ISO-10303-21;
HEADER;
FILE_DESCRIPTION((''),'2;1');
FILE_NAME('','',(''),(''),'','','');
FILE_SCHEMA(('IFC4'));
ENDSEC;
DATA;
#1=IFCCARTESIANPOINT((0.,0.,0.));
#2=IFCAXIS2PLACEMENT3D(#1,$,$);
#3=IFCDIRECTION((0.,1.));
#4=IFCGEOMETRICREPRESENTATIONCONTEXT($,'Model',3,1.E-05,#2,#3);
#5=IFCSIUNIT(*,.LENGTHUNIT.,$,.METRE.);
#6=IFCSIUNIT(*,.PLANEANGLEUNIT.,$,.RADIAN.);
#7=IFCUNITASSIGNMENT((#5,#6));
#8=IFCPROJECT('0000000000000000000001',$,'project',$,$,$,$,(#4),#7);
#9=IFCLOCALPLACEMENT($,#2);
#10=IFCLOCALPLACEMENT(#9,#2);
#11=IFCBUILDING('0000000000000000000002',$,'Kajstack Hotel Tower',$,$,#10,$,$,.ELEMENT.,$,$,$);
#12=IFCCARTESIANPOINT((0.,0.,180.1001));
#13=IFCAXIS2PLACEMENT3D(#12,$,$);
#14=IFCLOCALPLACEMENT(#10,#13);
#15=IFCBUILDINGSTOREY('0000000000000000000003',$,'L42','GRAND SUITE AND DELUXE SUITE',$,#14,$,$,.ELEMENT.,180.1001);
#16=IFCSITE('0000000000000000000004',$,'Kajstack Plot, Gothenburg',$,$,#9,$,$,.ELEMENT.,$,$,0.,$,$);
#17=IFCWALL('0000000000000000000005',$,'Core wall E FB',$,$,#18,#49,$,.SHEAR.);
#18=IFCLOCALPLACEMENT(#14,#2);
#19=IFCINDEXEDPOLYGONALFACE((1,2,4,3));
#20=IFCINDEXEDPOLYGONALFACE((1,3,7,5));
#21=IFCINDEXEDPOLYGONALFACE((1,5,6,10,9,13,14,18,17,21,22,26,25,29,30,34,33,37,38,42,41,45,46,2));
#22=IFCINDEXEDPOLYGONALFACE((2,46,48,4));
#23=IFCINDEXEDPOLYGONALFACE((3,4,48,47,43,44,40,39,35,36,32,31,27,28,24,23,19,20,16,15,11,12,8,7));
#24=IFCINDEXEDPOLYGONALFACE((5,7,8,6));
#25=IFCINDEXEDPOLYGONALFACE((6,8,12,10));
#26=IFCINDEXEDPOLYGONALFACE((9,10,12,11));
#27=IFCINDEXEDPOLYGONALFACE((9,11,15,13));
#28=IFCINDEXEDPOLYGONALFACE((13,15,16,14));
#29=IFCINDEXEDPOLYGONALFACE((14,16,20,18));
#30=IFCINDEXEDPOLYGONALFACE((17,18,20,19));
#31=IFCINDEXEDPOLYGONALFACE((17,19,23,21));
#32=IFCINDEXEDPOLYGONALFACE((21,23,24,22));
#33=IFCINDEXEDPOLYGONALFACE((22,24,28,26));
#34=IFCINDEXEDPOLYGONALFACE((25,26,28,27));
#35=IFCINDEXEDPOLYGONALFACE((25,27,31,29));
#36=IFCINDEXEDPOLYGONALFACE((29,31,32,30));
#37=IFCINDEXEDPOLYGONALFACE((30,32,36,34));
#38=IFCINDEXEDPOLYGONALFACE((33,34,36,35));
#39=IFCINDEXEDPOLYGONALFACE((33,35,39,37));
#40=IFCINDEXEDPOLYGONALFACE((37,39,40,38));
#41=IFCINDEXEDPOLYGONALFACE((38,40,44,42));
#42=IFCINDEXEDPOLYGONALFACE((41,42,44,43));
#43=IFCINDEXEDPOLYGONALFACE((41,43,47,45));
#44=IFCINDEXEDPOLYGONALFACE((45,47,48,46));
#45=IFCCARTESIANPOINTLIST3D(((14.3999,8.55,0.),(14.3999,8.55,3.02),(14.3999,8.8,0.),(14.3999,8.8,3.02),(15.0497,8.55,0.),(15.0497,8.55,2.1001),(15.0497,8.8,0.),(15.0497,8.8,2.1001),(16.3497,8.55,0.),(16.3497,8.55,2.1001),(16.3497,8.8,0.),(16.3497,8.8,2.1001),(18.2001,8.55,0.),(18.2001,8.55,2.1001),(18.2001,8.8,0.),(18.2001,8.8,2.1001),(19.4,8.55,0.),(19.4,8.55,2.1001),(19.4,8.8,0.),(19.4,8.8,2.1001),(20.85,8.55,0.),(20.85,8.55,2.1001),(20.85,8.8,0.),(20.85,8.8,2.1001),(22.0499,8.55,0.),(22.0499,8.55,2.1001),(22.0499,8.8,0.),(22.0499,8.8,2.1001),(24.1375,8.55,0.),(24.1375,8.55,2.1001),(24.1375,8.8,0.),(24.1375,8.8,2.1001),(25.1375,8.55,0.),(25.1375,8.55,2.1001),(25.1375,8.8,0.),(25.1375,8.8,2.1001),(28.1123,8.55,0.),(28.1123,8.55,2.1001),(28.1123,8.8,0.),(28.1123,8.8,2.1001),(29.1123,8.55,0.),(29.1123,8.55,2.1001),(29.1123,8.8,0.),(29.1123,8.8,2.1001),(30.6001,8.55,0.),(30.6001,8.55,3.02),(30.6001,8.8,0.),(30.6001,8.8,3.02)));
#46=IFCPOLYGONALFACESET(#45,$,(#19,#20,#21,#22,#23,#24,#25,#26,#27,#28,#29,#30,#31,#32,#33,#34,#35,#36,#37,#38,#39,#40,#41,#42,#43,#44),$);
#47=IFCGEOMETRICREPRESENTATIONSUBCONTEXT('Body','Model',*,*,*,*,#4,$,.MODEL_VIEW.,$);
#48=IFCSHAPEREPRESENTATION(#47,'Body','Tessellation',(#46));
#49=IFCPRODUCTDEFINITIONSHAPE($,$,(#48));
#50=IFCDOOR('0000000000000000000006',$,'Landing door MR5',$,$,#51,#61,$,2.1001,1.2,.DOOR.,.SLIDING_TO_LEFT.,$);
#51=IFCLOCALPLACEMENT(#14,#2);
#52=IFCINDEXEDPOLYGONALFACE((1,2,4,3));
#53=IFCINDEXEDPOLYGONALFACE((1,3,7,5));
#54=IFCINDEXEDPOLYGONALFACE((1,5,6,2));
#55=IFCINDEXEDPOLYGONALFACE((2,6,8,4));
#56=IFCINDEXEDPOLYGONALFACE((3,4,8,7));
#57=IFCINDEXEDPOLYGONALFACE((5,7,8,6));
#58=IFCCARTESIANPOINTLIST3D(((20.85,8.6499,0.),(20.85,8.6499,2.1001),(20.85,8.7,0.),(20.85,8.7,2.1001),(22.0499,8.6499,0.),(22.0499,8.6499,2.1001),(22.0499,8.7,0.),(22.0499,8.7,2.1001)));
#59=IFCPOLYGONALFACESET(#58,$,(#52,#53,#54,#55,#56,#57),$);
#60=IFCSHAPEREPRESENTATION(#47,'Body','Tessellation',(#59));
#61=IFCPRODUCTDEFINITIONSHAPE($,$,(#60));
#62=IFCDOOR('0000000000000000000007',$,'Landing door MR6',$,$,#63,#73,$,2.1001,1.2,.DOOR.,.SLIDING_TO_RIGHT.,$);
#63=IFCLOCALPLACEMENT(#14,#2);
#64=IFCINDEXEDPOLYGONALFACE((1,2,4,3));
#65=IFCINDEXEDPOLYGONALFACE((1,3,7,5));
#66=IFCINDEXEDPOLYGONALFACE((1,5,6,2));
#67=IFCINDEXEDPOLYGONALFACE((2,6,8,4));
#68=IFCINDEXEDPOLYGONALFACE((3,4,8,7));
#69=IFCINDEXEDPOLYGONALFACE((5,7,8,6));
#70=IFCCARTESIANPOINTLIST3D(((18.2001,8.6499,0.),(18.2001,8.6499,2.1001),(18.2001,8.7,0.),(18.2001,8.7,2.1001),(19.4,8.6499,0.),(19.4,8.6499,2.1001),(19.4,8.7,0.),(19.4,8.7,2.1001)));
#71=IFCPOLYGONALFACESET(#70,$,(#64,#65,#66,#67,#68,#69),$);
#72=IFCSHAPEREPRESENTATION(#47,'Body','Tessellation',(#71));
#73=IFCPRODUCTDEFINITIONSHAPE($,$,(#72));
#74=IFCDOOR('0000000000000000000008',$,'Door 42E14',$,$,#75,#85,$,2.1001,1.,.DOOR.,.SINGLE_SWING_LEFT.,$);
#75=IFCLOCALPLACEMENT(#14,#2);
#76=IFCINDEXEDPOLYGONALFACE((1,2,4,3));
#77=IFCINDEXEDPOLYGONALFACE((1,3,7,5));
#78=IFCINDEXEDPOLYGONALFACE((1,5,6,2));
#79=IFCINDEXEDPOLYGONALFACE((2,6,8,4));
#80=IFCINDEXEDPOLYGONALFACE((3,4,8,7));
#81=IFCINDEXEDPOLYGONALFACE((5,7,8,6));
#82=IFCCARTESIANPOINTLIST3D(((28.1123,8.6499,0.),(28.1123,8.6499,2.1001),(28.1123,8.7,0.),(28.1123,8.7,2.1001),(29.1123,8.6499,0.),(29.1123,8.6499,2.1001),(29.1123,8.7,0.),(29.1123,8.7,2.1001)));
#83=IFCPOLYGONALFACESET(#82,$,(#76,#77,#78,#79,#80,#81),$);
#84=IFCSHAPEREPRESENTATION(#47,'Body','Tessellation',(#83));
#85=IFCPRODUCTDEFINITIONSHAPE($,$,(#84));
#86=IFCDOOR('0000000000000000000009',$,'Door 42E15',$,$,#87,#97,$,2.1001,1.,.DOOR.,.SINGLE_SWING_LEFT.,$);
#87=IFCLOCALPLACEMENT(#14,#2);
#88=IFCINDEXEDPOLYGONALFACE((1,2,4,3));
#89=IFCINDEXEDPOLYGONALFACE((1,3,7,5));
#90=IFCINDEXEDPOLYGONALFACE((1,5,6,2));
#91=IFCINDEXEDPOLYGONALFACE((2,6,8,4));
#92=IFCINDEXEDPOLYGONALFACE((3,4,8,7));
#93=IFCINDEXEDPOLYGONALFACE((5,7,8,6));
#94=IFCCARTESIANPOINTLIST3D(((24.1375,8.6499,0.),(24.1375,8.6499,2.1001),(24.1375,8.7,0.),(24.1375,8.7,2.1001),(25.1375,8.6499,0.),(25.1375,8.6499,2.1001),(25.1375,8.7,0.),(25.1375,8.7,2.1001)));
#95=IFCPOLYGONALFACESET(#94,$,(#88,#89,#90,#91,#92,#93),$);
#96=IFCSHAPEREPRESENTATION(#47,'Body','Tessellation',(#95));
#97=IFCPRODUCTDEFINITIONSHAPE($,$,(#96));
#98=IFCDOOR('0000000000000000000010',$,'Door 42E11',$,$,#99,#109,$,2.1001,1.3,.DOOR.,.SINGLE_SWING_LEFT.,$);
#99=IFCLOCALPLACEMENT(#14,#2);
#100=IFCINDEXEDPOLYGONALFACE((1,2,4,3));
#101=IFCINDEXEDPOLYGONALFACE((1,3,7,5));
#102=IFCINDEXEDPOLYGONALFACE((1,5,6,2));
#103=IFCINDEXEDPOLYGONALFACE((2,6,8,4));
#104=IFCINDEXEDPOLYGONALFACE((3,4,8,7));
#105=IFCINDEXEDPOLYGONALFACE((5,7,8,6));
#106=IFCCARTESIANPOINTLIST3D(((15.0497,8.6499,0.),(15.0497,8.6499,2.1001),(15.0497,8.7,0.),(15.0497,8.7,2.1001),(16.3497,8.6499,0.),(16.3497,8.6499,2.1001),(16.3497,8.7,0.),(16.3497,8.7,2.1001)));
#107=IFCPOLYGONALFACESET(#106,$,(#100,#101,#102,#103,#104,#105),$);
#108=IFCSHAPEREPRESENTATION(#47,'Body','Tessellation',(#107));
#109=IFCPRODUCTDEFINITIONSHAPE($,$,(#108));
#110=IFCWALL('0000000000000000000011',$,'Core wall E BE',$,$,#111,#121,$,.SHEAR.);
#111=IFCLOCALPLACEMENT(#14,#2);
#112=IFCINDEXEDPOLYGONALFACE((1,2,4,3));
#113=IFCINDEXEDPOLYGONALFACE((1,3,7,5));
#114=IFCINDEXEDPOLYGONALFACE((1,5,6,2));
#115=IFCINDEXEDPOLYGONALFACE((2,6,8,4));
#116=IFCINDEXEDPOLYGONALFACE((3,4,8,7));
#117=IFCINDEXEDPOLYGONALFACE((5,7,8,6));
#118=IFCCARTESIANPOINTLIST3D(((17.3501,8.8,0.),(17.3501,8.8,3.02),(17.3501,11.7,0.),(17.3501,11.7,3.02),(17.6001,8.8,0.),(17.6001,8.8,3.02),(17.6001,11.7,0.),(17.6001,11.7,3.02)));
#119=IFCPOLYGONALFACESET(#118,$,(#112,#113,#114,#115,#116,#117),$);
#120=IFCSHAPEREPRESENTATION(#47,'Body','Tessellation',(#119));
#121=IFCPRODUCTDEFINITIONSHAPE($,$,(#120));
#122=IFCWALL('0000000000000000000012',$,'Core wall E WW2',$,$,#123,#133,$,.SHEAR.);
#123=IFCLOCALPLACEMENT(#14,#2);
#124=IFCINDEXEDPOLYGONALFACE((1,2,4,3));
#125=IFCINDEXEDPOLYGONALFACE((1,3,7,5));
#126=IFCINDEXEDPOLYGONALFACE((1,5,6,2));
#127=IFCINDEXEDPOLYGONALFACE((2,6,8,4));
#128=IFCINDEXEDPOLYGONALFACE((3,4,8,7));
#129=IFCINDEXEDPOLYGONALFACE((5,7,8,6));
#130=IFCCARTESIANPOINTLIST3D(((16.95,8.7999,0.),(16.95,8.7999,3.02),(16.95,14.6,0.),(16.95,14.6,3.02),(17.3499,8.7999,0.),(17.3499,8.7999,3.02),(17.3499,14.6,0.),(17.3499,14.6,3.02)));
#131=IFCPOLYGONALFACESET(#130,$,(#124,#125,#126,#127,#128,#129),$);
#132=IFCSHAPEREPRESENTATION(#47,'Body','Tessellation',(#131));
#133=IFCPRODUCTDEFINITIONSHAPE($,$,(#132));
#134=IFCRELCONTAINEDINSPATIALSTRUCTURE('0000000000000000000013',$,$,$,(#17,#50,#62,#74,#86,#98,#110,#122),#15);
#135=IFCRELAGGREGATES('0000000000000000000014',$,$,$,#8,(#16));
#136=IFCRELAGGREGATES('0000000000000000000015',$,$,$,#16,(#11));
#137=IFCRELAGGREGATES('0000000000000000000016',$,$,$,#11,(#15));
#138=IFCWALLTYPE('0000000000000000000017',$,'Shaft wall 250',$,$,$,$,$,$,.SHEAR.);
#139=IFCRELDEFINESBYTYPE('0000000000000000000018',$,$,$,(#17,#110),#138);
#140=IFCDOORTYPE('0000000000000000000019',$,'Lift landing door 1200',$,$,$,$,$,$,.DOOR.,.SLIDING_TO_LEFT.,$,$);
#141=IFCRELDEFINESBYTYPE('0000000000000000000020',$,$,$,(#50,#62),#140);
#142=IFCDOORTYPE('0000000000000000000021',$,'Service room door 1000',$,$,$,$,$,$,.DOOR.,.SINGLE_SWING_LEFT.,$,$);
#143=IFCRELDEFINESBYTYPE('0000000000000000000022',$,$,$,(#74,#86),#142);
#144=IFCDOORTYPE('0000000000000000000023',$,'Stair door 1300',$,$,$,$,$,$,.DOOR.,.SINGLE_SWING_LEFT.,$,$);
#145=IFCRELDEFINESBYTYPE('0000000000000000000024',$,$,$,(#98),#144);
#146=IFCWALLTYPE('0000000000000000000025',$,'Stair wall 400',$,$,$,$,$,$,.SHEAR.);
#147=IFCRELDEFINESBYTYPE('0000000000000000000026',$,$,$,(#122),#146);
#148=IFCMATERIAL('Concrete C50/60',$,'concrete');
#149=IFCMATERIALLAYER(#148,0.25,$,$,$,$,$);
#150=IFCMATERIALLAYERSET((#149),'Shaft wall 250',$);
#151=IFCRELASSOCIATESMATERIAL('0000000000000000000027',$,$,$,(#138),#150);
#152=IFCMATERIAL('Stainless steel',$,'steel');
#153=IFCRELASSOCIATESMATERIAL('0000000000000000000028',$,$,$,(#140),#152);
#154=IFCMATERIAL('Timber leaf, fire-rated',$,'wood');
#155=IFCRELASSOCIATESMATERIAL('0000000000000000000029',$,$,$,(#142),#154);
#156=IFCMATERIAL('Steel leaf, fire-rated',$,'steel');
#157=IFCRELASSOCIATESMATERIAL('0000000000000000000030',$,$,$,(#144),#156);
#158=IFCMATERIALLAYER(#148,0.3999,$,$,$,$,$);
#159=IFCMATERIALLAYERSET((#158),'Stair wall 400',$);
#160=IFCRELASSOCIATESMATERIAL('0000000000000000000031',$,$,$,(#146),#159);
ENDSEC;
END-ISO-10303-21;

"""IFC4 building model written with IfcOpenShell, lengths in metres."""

from ifc_helpers import new_model, si_unit, direction, frame, frame_2d, origin, place, context, subcontext, project, spatial, rectangle, extrude, material, layer, layer_set, type_object, element, fill, save


model = new_model("IFC4")

# Units and contexts
model_context = context("Model", 3, precision=1e-05, world=origin(), true_north=direction((0.0, 1.0)))
body_context = subcontext(model_context, "Body", "Model", "MODEL_VIEW")
ifc_project = project(units=[si_unit("LENGTHUNIT", "METRE"), si_unit("PLANEANGLEUNIT", "RADIAN")], contexts=[model_context])

# Site, building, storey
site_placement = place(None, origin())
site = spatial("IfcSite", under=ifc_project, at=site_placement, Name="Kajstack Plot, Gothenburg", CompositionType="ELEMENT", RefElevation=0.0)
building_placement = place(site_placement, origin())
building = spatial("IfcBuilding", under=site, at=building_placement, Name="Kajstack Hotel Tower", CompositionType="ELEMENT")
storey_placement = place(building_placement, frame((0.0, 0.0, 180.1001)))
storey = spatial("IfcBuildingStorey", under=building, at=storey_placement, Name="L42", Description="GRAND SUITE AND DELUXE SUITE", CompositionType="ELEMENT", Elevation=180.1001)

# Wall, openings, doors
ifc_material_1 = material(Name="Concrete C50/60", Category="concrete")
ifc_layer_1 = layer(ifc_material_1, 0.25)
ifc_layer_set_1 = layer_set([ifc_layer_1], Name="Shaft wall 250")
wall_type_1 = type_object("IfcWallType", Name="Shaft wall 250", PredefinedType="SHEAR", material=ifc_layer_set_1)
ifc_material_2 = material(Name="Stainless steel", Category="steel")
door_type_1 = type_object("IfcDoorType", Name="Lift landing door 1200", OperationType="SLIDING_TO_LEFT", PredefinedType="DOOR", material=ifc_material_2)
wall_1_placement = place(storey_placement, frame((14.3999, 8.675, 0.0), z_axis=(0.0, 0.0, 1.0), x_axis=(1.0, 0.0, 0.0)))
wall_1 = element("IfcWall", 1, at=wall_1_placement, inside=storey, type_object=wall_type_1, Name="Core wall E FB", PredefinedType="SHEAR", context=body_context, shape_type="SweptSolid", body=[
    extrude(rectangle(XDim=16.2002, YDim=0.25, at=frame_2d((8.1001, 0.0))), origin(), (0.0, 0.0, 1.0), 3.02),
])
opening_1_placement = place(wall_1_placement, frame((6.45, 0.0, 0.0)))
opening_1 = element("IfcOpeningElement", 2, at=opening_1_placement, cuts=wall_1, PredefinedType="OPENING", context=body_context, shape_type="SweptSolid", body=[
    extrude(rectangle(XDim=1.2, YDim=2.1001, at=frame_2d((0.6001, 1.05))), frame((0.0, 0.135, 0.0), z_axis=(0.0, -1.0, 0.0), x_axis=(1.0, 0.0, 0.0)), (0.0, 0.0, 1.0), 0.27),
])
opening_2_placement = place(wall_1_placement, frame((3.8, 0.0, 0.0)))
opening_2 = element("IfcOpeningElement", 3, at=opening_2_placement, cuts=wall_1, PredefinedType="OPENING", context=body_context, shape_type="SweptSolid", body=[
    extrude(rectangle(XDim=1.2, YDim=2.1001, at=frame_2d((0.6001, 1.05))), frame((0.0, 0.135, 0.0), z_axis=(0.0, -1.0, 0.0), x_axis=(1.0, 0.0, 0.0)), (0.0, 0.0, 1.0), 0.27),
])
opening_3_placement = place(wall_1_placement, frame((0.6499, 0.0, 0.0)))
opening_3 = element("IfcOpeningElement", 4, at=opening_3_placement, cuts=wall_1, PredefinedType="OPENING", context=body_context, shape_type="SweptSolid", body=[
    extrude(rectangle(XDim=1.3, YDim=2.1001, at=frame_2d((0.6499, 1.05))), frame((0.0, 0.135, 0.0), z_axis=(0.0, -1.0, 0.0), x_axis=(1.0, 0.0, 0.0)), (0.0, 0.0, 1.0), 0.27),
])
opening_4_placement = place(wall_1_placement, frame((13.7124, 0.0, 0.0)))
opening_4 = element("IfcOpeningElement", 5, at=opening_4_placement, cuts=wall_1, PredefinedType="OPENING", context=body_context, shape_type="SweptSolid", body=[
    extrude(rectangle(XDim=1.0, YDim=2.1001, at=frame_2d((0.5, 1.05))), frame((0.0, 0.135, 0.0), z_axis=(0.0, -1.0, 0.0), x_axis=(1.0, 0.0, 0.0)), (0.0, 0.0, 1.0), 0.27),
])
opening_5_placement = place(wall_1_placement, frame((9.7375, 0.0, 0.0)))
opening_5 = element("IfcOpeningElement", 6, at=opening_5_placement, cuts=wall_1, PredefinedType="OPENING", context=body_context, shape_type="SweptSolid", body=[
    extrude(rectangle(XDim=1.0, YDim=2.1001, at=frame_2d((0.5, 1.05))), frame((0.0, 0.135, 0.0), z_axis=(0.0, -1.0, 0.0), x_axis=(1.0, 0.0, 0.0)), (0.0, 0.0, 1.0), 0.27),
])
door_1_placement = place(opening_1_placement, origin())
door_1 = element("IfcDoor", 7, at=door_1_placement, inside=storey, type_object=door_type_1, Name="Landing door MR5", OperationType="SLIDING_TO_LEFT", OverallHeight=2.1001, OverallWidth=1.2, PredefinedType="DOOR", context=body_context, shape_type="SweptSolid", body=[
    extrude(rectangle(XDim=1.2, YDim=2.1001, at=frame_2d((0.6001, 1.05))), frame((0.0, 0.0249, 0.0), z_axis=(0.0, -1.0, 0.0), x_axis=(1.0, 0.0, 0.0)), (0.0, 0.0, 1.0), 0.05),
])
fill(opening_1, door_1)
door_2_placement = place(opening_2_placement, origin())
door_2 = element("IfcDoor", 8, at=door_2_placement, inside=storey, type_object=door_type_1, Name="Landing door MR6", OperationType="SLIDING_TO_RIGHT", OverallHeight=2.1001, OverallWidth=1.2, PredefinedType="DOOR", context=body_context, shape_type="SweptSolid", body=[
    extrude(rectangle(XDim=1.2, YDim=2.1001, at=frame_2d((0.6001, 1.05))), frame((0.0, 0.0249, 0.0), z_axis=(0.0, -1.0, 0.0), x_axis=(1.0, 0.0, 0.0)), (0.0, 0.0, 1.0), 0.05),
])
fill(opening_2, door_2)
ifc_material_3 = material(Name="Timber leaf, fire-rated", Category="wood")
door_type_2 = type_object("IfcDoorType", Name="Service room door 1000", OperationType="SINGLE_SWING_LEFT", PredefinedType="DOOR", material=ifc_material_3)
door_3_placement = place(opening_4_placement, origin())
door_3 = element("IfcDoor", 9, at=door_3_placement, inside=storey, type_object=door_type_2, Name="Door 42E14", OperationType="SINGLE_SWING_LEFT", OverallHeight=2.1001, OverallWidth=1.0, PredefinedType="DOOR", context=body_context, shape_type="SweptSolid", body=[
    extrude(rectangle(XDim=1.0, YDim=2.1001, at=frame_2d((0.5, 1.05))), frame((0.0, 0.0249, 0.0), z_axis=(0.0, -1.0, 0.0), x_axis=(1.0, 0.0, 0.0)), (0.0, 0.0, 1.0), 0.05),
])
fill(opening_4, door_3)
door_4_placement = place(opening_5_placement, origin())
door_4 = element("IfcDoor", 10, at=door_4_placement, inside=storey, type_object=door_type_2, Name="Door 42E15", OperationType="SINGLE_SWING_LEFT", OverallHeight=2.1001, OverallWidth=1.0, PredefinedType="DOOR", context=body_context, shape_type="SweptSolid", body=[
    extrude(rectangle(XDim=1.0, YDim=2.1001, at=frame_2d((0.5, 1.05))), frame((0.0, 0.0249, 0.0), z_axis=(0.0, -1.0, 0.0), x_axis=(1.0, 0.0, 0.0)), (0.0, 0.0, 1.0), 0.05),
])
fill(opening_5, door_4)
ifc_material_4 = material(Name="Steel leaf, fire-rated", Category="steel")
door_type_3 = type_object("IfcDoorType", Name="Stair door 1300", OperationType="SINGLE_SWING_LEFT", PredefinedType="DOOR", material=ifc_material_4)
door_5_placement = place(opening_3_placement, origin())
door_5 = element("IfcDoor", 11, at=door_5_placement, inside=storey, type_object=door_type_3, Name="Door 42E11", OperationType="SINGLE_SWING_LEFT", OverallHeight=2.1001, OverallWidth=1.3, PredefinedType="DOOR", context=body_context, shape_type="SweptSolid", body=[
    extrude(rectangle(XDim=1.3, YDim=2.1001, at=frame_2d((0.6499, 1.05))), frame((0.0, 0.0249, 0.0), z_axis=(0.0, -1.0, 0.0), x_axis=(1.0, 0.0, 0.0)), (0.0, 0.0, 1.0), 0.05),
])
fill(opening_3, door_5)

# Walls
wall_2_placement = place(storey_placement, frame((17.4751, 8.8, 0.0), z_axis=(0.0, 0.0, 1.0), x_axis=(0.0, 1.0, 0.0)))
element("IfcWall", 12, at=wall_2_placement, inside=storey, type_object=wall_type_1, Name="Core wall E BE", PredefinedType="SHEAR", context=body_context, shape_type="SweptSolid", body=[
    extrude(rectangle(XDim=2.8999, YDim=0.25, at=frame_2d((1.45, 0.0))), origin(), (0.0, 0.0, 1.0), 3.02),
])
ifc_layer_2 = layer(ifc_material_1, 0.3999)
ifc_layer_set_2 = layer_set([ifc_layer_2], Name="Stair wall 400")
wall_type_2 = type_object("IfcWallType", Name="Stair wall 400", PredefinedType="SHEAR", material=ifc_layer_set_2)
wall_3_placement = place(storey_placement, frame((17.1499, 8.8, 0.0), z_axis=(0.0, 0.0, 1.0), x_axis=(0.0, 1.0, 0.0)))
element("IfcWall", 13, at=wall_3_placement, inside=storey, type_object=wall_type_2, Name="Core wall E WW2", PredefinedType="SHEAR", context=body_context, shape_type="SweptSolid", body=[
    extrude(rectangle(XDim=5.8, YDim=0.3999, at=frame_2d((2.8999, 0.0))), origin(), (0.0, 0.0, 1.0), 3.02),
])

save(model, "model.ifc")
